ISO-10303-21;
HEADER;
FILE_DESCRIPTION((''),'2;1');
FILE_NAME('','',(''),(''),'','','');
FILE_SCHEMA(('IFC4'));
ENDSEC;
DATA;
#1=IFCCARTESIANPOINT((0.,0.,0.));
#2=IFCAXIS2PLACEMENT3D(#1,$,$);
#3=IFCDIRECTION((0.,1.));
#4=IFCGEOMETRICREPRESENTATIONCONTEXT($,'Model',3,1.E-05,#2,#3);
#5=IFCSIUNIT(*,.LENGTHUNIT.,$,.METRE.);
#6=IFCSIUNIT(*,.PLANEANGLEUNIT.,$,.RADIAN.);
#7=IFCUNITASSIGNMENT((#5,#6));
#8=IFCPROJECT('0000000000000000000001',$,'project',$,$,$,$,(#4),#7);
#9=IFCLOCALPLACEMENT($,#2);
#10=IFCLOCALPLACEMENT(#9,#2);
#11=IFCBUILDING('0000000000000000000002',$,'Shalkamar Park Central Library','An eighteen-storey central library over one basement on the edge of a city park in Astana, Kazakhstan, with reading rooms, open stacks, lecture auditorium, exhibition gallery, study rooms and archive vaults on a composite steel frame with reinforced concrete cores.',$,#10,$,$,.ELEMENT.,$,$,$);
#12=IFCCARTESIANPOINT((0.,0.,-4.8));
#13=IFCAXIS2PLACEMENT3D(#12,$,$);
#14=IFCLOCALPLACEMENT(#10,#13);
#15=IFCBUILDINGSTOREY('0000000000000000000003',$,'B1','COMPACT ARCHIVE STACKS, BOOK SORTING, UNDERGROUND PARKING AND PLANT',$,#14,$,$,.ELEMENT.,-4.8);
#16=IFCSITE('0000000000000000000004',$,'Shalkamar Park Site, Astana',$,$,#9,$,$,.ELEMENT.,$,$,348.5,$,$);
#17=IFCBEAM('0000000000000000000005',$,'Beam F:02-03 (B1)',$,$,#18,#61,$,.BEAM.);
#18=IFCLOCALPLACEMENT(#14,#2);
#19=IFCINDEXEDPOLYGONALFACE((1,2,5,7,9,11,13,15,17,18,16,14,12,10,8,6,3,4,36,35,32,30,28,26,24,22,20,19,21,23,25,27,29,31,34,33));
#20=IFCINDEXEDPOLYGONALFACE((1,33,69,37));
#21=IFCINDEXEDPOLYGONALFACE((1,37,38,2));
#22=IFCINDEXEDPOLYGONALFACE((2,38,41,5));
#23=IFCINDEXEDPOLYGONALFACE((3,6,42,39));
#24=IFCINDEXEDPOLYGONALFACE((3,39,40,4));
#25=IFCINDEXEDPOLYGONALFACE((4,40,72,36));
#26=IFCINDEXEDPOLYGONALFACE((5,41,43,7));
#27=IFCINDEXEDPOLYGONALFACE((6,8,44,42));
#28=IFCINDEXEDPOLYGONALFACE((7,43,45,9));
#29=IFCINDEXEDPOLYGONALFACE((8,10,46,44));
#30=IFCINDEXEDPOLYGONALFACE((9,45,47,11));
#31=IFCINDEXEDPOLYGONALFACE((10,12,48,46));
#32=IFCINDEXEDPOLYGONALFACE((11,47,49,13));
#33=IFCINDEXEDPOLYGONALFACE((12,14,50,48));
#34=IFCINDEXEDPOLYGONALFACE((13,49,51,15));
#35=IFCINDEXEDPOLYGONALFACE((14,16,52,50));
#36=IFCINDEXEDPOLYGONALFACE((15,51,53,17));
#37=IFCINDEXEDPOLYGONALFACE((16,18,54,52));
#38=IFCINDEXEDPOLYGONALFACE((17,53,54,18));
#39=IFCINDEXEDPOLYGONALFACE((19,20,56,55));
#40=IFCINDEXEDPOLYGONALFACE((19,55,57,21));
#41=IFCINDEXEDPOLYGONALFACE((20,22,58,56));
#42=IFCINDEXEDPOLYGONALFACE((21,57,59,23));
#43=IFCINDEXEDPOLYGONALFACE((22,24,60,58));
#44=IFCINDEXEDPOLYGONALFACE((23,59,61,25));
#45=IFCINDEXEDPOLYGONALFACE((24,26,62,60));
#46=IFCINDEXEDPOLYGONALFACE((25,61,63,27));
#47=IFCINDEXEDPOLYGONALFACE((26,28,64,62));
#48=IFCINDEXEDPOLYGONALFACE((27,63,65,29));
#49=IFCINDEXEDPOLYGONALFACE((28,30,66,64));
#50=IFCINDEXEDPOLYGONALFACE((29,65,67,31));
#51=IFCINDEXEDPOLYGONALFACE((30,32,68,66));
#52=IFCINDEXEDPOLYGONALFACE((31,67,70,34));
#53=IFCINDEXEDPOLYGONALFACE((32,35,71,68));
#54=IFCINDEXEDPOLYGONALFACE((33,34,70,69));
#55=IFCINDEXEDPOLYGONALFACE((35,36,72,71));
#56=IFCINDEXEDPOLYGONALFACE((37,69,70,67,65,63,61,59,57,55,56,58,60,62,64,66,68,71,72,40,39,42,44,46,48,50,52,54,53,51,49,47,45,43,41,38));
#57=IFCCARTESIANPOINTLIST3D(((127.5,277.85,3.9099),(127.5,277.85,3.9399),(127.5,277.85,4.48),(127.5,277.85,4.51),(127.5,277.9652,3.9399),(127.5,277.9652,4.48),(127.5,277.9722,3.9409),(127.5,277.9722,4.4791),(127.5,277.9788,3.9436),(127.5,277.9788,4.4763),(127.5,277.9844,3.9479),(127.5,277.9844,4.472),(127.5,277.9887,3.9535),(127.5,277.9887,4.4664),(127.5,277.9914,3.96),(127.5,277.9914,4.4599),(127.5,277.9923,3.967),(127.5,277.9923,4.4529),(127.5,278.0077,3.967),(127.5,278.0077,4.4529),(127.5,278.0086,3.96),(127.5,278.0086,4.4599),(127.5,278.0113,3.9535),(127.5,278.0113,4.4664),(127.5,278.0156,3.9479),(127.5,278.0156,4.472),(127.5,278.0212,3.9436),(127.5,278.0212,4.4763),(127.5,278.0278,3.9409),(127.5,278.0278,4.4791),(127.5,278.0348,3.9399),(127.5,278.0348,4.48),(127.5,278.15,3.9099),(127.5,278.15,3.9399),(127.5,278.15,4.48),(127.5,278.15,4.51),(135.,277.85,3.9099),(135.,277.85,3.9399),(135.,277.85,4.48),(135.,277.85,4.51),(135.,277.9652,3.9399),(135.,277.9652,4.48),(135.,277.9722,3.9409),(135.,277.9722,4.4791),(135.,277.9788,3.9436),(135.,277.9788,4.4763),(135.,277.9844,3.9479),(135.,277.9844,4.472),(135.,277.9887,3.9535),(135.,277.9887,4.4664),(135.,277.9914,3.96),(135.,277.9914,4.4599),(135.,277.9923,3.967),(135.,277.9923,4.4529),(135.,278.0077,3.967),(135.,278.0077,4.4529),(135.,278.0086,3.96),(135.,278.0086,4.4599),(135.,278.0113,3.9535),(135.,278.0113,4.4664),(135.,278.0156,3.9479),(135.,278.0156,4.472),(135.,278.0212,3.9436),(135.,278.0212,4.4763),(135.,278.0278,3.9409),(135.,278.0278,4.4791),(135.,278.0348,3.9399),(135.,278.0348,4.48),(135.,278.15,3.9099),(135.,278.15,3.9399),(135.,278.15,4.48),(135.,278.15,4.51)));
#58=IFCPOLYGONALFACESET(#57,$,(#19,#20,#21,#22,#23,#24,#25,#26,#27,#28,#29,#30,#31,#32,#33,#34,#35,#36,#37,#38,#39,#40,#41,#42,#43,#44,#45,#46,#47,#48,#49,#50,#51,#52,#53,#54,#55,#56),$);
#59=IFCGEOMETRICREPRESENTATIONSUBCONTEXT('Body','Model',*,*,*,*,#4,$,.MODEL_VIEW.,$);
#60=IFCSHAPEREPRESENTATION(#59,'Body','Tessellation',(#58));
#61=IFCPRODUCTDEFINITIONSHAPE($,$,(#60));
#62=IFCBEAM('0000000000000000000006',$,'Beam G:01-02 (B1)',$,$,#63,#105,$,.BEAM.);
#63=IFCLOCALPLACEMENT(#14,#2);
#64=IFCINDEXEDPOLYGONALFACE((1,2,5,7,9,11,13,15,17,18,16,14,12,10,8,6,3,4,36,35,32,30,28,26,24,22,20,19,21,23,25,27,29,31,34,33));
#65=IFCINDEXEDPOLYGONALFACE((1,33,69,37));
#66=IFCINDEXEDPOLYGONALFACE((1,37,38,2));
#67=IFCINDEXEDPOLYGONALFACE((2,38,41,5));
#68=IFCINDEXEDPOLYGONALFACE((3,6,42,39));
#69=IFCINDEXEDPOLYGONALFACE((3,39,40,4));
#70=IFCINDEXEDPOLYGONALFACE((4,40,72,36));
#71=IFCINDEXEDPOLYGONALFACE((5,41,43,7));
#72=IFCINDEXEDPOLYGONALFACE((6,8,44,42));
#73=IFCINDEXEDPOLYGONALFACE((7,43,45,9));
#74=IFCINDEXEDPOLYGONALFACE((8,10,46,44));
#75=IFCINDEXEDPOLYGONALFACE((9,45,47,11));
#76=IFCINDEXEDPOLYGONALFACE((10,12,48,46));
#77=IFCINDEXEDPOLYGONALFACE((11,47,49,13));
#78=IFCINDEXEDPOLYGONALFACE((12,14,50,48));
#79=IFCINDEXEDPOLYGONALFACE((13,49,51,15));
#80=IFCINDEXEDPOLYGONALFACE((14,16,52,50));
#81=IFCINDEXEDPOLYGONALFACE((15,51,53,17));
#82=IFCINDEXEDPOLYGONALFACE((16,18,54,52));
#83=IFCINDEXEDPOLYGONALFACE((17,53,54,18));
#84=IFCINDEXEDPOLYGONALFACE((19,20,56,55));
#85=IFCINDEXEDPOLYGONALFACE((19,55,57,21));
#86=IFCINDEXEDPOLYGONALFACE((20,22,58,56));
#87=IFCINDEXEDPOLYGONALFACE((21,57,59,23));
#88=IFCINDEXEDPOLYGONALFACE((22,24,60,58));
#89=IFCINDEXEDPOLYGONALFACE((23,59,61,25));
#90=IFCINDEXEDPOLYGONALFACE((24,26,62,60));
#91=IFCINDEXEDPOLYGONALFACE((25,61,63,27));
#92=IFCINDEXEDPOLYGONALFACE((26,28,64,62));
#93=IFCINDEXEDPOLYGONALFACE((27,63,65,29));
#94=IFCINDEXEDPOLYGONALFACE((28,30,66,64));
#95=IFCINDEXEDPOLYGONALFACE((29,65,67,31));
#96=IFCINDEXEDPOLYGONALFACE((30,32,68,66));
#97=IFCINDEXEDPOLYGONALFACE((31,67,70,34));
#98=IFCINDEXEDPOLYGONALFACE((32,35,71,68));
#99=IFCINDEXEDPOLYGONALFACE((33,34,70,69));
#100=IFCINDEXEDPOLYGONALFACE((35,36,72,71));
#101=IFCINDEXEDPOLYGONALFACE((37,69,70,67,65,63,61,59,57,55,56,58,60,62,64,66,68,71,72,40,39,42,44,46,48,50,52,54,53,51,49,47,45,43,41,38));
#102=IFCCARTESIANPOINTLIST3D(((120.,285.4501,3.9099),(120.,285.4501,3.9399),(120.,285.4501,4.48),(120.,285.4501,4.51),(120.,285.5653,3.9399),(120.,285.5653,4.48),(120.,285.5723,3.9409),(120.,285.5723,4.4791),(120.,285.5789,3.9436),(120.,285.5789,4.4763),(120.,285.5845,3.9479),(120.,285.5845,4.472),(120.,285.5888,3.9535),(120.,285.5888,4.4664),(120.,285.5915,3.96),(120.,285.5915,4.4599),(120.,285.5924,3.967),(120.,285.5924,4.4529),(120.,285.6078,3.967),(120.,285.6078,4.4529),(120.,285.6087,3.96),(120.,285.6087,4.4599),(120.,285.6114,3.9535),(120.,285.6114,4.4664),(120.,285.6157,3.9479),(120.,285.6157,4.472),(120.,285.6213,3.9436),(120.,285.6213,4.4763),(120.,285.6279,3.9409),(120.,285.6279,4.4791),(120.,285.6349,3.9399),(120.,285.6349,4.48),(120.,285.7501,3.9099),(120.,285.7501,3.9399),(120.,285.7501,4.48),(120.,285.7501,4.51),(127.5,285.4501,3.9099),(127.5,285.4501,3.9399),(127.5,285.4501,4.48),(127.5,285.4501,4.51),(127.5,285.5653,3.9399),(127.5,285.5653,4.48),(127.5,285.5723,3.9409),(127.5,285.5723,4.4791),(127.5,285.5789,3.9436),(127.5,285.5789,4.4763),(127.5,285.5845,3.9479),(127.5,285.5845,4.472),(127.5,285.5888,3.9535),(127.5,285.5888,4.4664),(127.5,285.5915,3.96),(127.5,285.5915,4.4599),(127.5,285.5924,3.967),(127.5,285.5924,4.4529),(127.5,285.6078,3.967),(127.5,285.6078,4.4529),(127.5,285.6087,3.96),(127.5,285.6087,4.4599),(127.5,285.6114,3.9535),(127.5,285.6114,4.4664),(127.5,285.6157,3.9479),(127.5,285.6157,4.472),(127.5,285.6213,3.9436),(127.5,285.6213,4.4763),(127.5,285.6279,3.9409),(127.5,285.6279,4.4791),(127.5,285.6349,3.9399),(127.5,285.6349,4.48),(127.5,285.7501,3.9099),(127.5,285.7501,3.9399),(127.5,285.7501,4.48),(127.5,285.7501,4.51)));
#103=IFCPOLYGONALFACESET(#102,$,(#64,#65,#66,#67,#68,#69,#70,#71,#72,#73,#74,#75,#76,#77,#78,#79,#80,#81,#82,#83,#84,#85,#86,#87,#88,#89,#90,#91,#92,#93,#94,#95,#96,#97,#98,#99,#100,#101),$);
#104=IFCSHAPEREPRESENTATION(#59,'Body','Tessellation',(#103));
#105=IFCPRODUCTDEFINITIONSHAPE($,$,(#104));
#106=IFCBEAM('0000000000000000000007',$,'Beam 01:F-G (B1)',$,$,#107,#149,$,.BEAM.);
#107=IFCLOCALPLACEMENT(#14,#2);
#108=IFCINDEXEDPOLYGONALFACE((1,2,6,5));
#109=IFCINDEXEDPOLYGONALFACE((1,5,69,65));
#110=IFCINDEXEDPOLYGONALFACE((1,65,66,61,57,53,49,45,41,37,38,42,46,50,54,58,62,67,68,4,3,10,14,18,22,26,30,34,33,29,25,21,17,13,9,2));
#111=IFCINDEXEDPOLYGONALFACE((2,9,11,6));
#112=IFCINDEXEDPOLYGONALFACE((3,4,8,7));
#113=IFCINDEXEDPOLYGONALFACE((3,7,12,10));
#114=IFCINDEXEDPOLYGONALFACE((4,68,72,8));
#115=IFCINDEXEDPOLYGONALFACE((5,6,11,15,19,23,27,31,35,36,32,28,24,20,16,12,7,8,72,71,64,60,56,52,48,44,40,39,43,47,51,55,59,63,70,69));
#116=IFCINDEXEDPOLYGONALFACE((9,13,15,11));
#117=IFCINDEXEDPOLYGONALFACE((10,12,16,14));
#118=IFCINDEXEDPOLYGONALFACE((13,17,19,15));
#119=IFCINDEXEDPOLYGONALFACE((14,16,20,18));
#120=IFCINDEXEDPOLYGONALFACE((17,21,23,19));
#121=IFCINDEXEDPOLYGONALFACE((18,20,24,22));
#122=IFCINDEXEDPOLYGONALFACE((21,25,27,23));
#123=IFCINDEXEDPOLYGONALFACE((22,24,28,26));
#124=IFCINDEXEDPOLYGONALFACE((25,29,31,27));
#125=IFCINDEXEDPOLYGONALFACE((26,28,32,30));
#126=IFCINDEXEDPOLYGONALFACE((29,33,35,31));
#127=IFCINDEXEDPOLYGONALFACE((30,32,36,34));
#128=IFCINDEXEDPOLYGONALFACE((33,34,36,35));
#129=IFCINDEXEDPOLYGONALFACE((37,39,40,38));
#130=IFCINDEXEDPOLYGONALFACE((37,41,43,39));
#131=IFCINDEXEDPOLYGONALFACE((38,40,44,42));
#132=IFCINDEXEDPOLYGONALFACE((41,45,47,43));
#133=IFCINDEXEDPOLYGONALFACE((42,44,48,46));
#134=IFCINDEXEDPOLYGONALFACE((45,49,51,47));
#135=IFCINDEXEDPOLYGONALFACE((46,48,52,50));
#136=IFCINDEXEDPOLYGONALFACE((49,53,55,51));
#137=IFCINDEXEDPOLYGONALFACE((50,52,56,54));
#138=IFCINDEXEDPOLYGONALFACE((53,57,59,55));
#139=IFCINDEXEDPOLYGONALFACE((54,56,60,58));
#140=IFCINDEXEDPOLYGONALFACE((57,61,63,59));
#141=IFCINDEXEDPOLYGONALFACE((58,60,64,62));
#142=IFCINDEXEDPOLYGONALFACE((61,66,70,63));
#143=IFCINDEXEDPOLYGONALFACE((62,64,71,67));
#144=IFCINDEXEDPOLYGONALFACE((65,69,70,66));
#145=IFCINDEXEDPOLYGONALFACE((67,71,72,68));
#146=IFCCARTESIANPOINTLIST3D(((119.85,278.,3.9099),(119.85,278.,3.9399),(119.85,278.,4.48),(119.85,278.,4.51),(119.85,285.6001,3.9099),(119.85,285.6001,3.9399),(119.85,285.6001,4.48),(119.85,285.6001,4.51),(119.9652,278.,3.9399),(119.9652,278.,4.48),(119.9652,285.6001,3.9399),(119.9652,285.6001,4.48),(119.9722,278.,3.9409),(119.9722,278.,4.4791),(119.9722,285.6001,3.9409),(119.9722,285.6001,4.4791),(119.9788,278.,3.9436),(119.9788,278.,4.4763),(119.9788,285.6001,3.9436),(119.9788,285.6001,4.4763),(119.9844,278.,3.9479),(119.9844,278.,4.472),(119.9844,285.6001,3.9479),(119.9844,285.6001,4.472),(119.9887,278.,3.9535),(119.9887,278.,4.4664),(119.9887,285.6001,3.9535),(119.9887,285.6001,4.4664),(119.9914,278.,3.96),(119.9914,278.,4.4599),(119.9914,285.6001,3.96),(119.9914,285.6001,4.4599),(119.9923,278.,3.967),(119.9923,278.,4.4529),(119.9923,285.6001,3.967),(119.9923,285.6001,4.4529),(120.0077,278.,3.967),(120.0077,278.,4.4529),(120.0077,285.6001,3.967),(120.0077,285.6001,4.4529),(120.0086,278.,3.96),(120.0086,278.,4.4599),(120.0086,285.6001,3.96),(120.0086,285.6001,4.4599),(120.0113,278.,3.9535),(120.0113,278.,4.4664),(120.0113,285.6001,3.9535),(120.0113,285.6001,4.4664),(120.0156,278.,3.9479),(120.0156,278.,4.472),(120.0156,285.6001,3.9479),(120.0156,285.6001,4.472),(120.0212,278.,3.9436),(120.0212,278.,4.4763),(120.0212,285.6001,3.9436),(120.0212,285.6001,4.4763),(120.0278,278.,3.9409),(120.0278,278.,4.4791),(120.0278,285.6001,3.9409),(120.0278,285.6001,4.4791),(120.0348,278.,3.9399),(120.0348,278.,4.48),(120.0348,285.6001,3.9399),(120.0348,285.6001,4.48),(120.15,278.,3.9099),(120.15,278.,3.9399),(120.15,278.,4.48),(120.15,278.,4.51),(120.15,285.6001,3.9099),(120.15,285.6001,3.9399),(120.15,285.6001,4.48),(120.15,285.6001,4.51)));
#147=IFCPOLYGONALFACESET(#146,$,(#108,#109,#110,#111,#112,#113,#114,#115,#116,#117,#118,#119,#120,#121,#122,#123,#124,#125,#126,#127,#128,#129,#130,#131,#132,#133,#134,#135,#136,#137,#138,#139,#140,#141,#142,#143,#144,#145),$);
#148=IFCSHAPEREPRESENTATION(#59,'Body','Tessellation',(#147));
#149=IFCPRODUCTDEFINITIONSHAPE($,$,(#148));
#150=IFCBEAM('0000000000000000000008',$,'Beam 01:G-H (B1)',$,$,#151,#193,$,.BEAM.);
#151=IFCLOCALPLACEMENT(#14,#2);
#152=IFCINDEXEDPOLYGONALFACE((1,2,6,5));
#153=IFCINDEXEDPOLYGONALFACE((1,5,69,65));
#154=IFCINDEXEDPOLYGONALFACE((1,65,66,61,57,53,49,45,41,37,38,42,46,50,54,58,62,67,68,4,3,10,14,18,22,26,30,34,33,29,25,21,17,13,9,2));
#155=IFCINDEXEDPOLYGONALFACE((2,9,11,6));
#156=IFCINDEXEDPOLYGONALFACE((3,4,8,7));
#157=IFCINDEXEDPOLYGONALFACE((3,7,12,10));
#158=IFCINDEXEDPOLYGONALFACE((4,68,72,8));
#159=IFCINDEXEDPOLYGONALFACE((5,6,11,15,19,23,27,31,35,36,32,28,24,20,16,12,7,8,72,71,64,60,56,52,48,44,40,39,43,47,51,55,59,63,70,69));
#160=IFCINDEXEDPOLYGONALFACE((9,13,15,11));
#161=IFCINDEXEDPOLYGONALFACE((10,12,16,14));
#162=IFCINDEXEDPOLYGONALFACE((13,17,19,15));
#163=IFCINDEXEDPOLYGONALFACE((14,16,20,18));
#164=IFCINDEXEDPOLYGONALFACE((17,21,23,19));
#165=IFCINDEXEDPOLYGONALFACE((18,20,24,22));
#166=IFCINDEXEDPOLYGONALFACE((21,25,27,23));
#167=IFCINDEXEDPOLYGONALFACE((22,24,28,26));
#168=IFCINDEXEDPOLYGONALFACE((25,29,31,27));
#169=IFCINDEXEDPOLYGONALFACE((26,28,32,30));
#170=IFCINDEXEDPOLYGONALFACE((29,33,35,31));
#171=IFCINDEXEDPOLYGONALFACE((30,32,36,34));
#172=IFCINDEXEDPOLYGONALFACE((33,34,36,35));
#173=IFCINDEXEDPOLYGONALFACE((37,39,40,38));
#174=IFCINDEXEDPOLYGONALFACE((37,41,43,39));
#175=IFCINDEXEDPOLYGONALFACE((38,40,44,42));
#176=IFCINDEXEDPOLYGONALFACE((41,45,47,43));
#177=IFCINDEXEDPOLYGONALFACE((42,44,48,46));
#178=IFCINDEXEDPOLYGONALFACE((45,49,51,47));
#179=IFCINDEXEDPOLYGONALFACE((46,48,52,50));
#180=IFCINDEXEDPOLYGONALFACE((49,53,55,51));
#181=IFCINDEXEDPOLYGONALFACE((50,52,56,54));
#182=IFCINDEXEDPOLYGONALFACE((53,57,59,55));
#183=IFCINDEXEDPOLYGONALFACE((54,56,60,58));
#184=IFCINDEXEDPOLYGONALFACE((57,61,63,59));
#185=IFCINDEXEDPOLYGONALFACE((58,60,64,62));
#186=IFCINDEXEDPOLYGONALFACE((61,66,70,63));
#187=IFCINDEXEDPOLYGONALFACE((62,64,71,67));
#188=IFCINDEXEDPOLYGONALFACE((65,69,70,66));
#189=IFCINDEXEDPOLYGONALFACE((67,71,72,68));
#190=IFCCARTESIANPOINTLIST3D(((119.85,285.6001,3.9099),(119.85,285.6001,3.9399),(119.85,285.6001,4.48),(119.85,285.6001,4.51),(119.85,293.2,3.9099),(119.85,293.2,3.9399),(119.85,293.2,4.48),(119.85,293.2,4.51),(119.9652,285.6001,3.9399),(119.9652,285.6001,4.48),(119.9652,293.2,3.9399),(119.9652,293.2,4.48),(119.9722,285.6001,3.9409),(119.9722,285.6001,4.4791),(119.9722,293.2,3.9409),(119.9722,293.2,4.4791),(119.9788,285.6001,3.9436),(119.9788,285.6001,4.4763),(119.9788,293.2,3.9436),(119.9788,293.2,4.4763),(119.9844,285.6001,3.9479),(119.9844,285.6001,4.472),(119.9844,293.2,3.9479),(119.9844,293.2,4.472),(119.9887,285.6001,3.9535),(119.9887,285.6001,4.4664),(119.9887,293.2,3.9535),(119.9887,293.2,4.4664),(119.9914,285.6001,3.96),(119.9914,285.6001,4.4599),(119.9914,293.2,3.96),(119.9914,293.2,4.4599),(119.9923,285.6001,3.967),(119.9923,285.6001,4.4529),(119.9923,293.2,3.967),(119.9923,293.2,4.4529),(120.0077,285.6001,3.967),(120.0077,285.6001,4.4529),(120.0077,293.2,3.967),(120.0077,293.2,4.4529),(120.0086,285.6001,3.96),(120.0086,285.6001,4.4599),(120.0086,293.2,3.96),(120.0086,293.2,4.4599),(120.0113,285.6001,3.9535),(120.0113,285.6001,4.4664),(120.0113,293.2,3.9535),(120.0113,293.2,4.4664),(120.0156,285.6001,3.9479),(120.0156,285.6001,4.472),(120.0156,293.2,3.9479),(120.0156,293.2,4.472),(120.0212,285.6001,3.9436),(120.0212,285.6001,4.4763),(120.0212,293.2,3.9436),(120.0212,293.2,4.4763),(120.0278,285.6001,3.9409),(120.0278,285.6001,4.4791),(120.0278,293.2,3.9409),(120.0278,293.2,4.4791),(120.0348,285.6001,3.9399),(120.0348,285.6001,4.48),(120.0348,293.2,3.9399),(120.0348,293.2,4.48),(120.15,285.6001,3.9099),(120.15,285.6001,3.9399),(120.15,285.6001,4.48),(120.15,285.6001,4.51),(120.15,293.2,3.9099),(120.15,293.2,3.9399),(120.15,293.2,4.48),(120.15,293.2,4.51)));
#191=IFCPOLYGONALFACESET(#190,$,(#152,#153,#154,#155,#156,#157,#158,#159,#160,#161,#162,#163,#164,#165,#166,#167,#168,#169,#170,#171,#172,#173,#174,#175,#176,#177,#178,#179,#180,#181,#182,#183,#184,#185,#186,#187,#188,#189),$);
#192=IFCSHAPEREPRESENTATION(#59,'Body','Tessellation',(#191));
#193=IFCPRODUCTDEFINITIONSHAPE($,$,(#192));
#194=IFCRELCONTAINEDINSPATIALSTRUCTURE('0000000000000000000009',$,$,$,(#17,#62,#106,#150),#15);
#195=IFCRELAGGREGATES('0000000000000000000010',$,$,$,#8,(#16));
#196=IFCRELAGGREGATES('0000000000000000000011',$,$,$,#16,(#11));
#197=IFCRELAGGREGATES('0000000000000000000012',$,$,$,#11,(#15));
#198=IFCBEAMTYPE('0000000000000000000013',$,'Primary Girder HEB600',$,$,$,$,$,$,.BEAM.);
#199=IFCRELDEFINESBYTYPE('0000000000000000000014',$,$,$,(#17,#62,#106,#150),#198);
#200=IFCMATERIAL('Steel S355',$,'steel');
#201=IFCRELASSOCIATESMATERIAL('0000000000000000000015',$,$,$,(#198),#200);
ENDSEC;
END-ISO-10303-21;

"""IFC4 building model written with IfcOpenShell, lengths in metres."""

from ifc_helpers import new_model, si_unit, direction, frame, origin, origin_2d, place, context, subcontext, project, spatial, i_section, extrude, material, material_profile, profile_set, type_object, element, save


model = new_model("IFC4")

# Units and contexts
model_context = context("Model", 3, precision=1e-05, world=origin(), true_north=direction((0.0, 1.0)))
body_context = subcontext(model_context, "Body", "Model", "MODEL_VIEW")
ifc_project = project(units=[si_unit("LENGTHUNIT", "METRE"), si_unit("PLANEANGLEUNIT", "RADIAN")], contexts=[model_context])

# Site, building, storey
site_placement = place(None, origin())
site = spatial("IfcSite", under=ifc_project, at=site_placement, Name="Shalkamar Park Site, Astana", CompositionType="ELEMENT", RefElevation=348.5)
building_placement = place(site_placement, origin())
building = spatial("IfcBuilding", under=site, at=building_placement, Name="Shalkamar Park Central Library", Description="An eighteen-storey central library over one basement on the edge of a city park in Astana, Kazakhstan, with reading rooms, open stacks, lecture auditorium, exhibition gallery, study rooms and archive vaults on a composite steel frame with reinforced concrete cores.", CompositionType="ELEMENT")
storey_placement = place(building_placement, frame((0.0, 0.0, -4.8)))
storey = spatial("IfcBuildingStorey", under=building, at=storey_placement, Name="B1", Description="COMPACT ARCHIVE STACKS, BOOK SORTING, UNDERGROUND PARKING AND PLANT", CompositionType="ELEMENT", Elevation=-4.8)

# Beams
ifc_material_1 = material(Name="Steel S355", Category="steel")
ifc_material_profile_1 = material_profile(ifc_material_1, i_section(OverallWidth=0.3, OverallDepth=0.6001, WebThickness=0.0154, FlangeThickness=0.03, FilletRadius=0.0271, at=origin_2d()), Name="HEB 600")
ifc_profile_set_1 = profile_set([ifc_material_profile_1], Name="Steel S355")
beam_type = type_object("IfcBeamType", Name="Primary Girder HEB600", PredefinedType="BEAM", material=ifc_profile_set_1)
for number, where, z_axis, x_axis, name in (
    (1, (127.5, 278.0, 4.21), (1.0, 0.0, 0.0), (0.0, 1.0, 0.0), "Beam F:02-03 (B1)"),
    (2, (120.0, 285.6001, 4.21), (1.0, 0.0, 0.0), (0.0, 1.0, 0.0), "Beam G:01-02 (B1)"),
):
    element("IfcBeam", number, at=place(storey_placement, frame(where, z_axis=z_axis, x_axis=x_axis)), inside=storey, type_object=beam_type, Name=name, PredefinedType="BEAM", context=body_context, shape_type="SweptSolid", body=[
        extrude(i_section(OverallWidth=0.3, OverallDepth=0.6001, WebThickness=0.0154, FlangeThickness=0.03, FilletRadius=0.0271, at=origin_2d()), origin(), (0.0, 0.0, 1.0), 7.5),
    ])
beam_1_placement = place(storey_placement, frame((120.0, 278.0, 4.21), z_axis=(0.0, 1.0, 0.0), x_axis=(-1.0, 0.0, 0.0)))
element("IfcBeam", 3, at=beam_1_placement, inside=storey, type_object=beam_type, Name="Beam 01:F-G (B1)", PredefinedType="BEAM", context=body_context, shape_type="SweptSolid", body=[
    extrude(i_section(OverallWidth=0.3, OverallDepth=0.6001, WebThickness=0.0154, FlangeThickness=0.03, FilletRadius=0.0271, at=origin_2d()), origin(), (0.0, 0.0, 1.0), 7.6001),
])
beam_2_placement = place(storey_placement, frame((120.0, 285.6001, 4.21), z_axis=(0.0, 1.0, 0.0), x_axis=(-1.0, 0.0, 0.0)))
element("IfcBeam", 4, at=beam_2_placement, inside=storey, type_object=beam_type, Name="Beam 01:G-H (B1)", PredefinedType="BEAM", context=body_context, shape_type="SweptSolid", body=[
    extrude(i_section(OverallWidth=0.3, OverallDepth=0.6001, WebThickness=0.0154, FlangeThickness=0.03, FilletRadius=0.0271, at=origin_2d()), origin(), (0.0, 0.0, 1.0), 7.5999),
])

save(model, "model.ifc")
